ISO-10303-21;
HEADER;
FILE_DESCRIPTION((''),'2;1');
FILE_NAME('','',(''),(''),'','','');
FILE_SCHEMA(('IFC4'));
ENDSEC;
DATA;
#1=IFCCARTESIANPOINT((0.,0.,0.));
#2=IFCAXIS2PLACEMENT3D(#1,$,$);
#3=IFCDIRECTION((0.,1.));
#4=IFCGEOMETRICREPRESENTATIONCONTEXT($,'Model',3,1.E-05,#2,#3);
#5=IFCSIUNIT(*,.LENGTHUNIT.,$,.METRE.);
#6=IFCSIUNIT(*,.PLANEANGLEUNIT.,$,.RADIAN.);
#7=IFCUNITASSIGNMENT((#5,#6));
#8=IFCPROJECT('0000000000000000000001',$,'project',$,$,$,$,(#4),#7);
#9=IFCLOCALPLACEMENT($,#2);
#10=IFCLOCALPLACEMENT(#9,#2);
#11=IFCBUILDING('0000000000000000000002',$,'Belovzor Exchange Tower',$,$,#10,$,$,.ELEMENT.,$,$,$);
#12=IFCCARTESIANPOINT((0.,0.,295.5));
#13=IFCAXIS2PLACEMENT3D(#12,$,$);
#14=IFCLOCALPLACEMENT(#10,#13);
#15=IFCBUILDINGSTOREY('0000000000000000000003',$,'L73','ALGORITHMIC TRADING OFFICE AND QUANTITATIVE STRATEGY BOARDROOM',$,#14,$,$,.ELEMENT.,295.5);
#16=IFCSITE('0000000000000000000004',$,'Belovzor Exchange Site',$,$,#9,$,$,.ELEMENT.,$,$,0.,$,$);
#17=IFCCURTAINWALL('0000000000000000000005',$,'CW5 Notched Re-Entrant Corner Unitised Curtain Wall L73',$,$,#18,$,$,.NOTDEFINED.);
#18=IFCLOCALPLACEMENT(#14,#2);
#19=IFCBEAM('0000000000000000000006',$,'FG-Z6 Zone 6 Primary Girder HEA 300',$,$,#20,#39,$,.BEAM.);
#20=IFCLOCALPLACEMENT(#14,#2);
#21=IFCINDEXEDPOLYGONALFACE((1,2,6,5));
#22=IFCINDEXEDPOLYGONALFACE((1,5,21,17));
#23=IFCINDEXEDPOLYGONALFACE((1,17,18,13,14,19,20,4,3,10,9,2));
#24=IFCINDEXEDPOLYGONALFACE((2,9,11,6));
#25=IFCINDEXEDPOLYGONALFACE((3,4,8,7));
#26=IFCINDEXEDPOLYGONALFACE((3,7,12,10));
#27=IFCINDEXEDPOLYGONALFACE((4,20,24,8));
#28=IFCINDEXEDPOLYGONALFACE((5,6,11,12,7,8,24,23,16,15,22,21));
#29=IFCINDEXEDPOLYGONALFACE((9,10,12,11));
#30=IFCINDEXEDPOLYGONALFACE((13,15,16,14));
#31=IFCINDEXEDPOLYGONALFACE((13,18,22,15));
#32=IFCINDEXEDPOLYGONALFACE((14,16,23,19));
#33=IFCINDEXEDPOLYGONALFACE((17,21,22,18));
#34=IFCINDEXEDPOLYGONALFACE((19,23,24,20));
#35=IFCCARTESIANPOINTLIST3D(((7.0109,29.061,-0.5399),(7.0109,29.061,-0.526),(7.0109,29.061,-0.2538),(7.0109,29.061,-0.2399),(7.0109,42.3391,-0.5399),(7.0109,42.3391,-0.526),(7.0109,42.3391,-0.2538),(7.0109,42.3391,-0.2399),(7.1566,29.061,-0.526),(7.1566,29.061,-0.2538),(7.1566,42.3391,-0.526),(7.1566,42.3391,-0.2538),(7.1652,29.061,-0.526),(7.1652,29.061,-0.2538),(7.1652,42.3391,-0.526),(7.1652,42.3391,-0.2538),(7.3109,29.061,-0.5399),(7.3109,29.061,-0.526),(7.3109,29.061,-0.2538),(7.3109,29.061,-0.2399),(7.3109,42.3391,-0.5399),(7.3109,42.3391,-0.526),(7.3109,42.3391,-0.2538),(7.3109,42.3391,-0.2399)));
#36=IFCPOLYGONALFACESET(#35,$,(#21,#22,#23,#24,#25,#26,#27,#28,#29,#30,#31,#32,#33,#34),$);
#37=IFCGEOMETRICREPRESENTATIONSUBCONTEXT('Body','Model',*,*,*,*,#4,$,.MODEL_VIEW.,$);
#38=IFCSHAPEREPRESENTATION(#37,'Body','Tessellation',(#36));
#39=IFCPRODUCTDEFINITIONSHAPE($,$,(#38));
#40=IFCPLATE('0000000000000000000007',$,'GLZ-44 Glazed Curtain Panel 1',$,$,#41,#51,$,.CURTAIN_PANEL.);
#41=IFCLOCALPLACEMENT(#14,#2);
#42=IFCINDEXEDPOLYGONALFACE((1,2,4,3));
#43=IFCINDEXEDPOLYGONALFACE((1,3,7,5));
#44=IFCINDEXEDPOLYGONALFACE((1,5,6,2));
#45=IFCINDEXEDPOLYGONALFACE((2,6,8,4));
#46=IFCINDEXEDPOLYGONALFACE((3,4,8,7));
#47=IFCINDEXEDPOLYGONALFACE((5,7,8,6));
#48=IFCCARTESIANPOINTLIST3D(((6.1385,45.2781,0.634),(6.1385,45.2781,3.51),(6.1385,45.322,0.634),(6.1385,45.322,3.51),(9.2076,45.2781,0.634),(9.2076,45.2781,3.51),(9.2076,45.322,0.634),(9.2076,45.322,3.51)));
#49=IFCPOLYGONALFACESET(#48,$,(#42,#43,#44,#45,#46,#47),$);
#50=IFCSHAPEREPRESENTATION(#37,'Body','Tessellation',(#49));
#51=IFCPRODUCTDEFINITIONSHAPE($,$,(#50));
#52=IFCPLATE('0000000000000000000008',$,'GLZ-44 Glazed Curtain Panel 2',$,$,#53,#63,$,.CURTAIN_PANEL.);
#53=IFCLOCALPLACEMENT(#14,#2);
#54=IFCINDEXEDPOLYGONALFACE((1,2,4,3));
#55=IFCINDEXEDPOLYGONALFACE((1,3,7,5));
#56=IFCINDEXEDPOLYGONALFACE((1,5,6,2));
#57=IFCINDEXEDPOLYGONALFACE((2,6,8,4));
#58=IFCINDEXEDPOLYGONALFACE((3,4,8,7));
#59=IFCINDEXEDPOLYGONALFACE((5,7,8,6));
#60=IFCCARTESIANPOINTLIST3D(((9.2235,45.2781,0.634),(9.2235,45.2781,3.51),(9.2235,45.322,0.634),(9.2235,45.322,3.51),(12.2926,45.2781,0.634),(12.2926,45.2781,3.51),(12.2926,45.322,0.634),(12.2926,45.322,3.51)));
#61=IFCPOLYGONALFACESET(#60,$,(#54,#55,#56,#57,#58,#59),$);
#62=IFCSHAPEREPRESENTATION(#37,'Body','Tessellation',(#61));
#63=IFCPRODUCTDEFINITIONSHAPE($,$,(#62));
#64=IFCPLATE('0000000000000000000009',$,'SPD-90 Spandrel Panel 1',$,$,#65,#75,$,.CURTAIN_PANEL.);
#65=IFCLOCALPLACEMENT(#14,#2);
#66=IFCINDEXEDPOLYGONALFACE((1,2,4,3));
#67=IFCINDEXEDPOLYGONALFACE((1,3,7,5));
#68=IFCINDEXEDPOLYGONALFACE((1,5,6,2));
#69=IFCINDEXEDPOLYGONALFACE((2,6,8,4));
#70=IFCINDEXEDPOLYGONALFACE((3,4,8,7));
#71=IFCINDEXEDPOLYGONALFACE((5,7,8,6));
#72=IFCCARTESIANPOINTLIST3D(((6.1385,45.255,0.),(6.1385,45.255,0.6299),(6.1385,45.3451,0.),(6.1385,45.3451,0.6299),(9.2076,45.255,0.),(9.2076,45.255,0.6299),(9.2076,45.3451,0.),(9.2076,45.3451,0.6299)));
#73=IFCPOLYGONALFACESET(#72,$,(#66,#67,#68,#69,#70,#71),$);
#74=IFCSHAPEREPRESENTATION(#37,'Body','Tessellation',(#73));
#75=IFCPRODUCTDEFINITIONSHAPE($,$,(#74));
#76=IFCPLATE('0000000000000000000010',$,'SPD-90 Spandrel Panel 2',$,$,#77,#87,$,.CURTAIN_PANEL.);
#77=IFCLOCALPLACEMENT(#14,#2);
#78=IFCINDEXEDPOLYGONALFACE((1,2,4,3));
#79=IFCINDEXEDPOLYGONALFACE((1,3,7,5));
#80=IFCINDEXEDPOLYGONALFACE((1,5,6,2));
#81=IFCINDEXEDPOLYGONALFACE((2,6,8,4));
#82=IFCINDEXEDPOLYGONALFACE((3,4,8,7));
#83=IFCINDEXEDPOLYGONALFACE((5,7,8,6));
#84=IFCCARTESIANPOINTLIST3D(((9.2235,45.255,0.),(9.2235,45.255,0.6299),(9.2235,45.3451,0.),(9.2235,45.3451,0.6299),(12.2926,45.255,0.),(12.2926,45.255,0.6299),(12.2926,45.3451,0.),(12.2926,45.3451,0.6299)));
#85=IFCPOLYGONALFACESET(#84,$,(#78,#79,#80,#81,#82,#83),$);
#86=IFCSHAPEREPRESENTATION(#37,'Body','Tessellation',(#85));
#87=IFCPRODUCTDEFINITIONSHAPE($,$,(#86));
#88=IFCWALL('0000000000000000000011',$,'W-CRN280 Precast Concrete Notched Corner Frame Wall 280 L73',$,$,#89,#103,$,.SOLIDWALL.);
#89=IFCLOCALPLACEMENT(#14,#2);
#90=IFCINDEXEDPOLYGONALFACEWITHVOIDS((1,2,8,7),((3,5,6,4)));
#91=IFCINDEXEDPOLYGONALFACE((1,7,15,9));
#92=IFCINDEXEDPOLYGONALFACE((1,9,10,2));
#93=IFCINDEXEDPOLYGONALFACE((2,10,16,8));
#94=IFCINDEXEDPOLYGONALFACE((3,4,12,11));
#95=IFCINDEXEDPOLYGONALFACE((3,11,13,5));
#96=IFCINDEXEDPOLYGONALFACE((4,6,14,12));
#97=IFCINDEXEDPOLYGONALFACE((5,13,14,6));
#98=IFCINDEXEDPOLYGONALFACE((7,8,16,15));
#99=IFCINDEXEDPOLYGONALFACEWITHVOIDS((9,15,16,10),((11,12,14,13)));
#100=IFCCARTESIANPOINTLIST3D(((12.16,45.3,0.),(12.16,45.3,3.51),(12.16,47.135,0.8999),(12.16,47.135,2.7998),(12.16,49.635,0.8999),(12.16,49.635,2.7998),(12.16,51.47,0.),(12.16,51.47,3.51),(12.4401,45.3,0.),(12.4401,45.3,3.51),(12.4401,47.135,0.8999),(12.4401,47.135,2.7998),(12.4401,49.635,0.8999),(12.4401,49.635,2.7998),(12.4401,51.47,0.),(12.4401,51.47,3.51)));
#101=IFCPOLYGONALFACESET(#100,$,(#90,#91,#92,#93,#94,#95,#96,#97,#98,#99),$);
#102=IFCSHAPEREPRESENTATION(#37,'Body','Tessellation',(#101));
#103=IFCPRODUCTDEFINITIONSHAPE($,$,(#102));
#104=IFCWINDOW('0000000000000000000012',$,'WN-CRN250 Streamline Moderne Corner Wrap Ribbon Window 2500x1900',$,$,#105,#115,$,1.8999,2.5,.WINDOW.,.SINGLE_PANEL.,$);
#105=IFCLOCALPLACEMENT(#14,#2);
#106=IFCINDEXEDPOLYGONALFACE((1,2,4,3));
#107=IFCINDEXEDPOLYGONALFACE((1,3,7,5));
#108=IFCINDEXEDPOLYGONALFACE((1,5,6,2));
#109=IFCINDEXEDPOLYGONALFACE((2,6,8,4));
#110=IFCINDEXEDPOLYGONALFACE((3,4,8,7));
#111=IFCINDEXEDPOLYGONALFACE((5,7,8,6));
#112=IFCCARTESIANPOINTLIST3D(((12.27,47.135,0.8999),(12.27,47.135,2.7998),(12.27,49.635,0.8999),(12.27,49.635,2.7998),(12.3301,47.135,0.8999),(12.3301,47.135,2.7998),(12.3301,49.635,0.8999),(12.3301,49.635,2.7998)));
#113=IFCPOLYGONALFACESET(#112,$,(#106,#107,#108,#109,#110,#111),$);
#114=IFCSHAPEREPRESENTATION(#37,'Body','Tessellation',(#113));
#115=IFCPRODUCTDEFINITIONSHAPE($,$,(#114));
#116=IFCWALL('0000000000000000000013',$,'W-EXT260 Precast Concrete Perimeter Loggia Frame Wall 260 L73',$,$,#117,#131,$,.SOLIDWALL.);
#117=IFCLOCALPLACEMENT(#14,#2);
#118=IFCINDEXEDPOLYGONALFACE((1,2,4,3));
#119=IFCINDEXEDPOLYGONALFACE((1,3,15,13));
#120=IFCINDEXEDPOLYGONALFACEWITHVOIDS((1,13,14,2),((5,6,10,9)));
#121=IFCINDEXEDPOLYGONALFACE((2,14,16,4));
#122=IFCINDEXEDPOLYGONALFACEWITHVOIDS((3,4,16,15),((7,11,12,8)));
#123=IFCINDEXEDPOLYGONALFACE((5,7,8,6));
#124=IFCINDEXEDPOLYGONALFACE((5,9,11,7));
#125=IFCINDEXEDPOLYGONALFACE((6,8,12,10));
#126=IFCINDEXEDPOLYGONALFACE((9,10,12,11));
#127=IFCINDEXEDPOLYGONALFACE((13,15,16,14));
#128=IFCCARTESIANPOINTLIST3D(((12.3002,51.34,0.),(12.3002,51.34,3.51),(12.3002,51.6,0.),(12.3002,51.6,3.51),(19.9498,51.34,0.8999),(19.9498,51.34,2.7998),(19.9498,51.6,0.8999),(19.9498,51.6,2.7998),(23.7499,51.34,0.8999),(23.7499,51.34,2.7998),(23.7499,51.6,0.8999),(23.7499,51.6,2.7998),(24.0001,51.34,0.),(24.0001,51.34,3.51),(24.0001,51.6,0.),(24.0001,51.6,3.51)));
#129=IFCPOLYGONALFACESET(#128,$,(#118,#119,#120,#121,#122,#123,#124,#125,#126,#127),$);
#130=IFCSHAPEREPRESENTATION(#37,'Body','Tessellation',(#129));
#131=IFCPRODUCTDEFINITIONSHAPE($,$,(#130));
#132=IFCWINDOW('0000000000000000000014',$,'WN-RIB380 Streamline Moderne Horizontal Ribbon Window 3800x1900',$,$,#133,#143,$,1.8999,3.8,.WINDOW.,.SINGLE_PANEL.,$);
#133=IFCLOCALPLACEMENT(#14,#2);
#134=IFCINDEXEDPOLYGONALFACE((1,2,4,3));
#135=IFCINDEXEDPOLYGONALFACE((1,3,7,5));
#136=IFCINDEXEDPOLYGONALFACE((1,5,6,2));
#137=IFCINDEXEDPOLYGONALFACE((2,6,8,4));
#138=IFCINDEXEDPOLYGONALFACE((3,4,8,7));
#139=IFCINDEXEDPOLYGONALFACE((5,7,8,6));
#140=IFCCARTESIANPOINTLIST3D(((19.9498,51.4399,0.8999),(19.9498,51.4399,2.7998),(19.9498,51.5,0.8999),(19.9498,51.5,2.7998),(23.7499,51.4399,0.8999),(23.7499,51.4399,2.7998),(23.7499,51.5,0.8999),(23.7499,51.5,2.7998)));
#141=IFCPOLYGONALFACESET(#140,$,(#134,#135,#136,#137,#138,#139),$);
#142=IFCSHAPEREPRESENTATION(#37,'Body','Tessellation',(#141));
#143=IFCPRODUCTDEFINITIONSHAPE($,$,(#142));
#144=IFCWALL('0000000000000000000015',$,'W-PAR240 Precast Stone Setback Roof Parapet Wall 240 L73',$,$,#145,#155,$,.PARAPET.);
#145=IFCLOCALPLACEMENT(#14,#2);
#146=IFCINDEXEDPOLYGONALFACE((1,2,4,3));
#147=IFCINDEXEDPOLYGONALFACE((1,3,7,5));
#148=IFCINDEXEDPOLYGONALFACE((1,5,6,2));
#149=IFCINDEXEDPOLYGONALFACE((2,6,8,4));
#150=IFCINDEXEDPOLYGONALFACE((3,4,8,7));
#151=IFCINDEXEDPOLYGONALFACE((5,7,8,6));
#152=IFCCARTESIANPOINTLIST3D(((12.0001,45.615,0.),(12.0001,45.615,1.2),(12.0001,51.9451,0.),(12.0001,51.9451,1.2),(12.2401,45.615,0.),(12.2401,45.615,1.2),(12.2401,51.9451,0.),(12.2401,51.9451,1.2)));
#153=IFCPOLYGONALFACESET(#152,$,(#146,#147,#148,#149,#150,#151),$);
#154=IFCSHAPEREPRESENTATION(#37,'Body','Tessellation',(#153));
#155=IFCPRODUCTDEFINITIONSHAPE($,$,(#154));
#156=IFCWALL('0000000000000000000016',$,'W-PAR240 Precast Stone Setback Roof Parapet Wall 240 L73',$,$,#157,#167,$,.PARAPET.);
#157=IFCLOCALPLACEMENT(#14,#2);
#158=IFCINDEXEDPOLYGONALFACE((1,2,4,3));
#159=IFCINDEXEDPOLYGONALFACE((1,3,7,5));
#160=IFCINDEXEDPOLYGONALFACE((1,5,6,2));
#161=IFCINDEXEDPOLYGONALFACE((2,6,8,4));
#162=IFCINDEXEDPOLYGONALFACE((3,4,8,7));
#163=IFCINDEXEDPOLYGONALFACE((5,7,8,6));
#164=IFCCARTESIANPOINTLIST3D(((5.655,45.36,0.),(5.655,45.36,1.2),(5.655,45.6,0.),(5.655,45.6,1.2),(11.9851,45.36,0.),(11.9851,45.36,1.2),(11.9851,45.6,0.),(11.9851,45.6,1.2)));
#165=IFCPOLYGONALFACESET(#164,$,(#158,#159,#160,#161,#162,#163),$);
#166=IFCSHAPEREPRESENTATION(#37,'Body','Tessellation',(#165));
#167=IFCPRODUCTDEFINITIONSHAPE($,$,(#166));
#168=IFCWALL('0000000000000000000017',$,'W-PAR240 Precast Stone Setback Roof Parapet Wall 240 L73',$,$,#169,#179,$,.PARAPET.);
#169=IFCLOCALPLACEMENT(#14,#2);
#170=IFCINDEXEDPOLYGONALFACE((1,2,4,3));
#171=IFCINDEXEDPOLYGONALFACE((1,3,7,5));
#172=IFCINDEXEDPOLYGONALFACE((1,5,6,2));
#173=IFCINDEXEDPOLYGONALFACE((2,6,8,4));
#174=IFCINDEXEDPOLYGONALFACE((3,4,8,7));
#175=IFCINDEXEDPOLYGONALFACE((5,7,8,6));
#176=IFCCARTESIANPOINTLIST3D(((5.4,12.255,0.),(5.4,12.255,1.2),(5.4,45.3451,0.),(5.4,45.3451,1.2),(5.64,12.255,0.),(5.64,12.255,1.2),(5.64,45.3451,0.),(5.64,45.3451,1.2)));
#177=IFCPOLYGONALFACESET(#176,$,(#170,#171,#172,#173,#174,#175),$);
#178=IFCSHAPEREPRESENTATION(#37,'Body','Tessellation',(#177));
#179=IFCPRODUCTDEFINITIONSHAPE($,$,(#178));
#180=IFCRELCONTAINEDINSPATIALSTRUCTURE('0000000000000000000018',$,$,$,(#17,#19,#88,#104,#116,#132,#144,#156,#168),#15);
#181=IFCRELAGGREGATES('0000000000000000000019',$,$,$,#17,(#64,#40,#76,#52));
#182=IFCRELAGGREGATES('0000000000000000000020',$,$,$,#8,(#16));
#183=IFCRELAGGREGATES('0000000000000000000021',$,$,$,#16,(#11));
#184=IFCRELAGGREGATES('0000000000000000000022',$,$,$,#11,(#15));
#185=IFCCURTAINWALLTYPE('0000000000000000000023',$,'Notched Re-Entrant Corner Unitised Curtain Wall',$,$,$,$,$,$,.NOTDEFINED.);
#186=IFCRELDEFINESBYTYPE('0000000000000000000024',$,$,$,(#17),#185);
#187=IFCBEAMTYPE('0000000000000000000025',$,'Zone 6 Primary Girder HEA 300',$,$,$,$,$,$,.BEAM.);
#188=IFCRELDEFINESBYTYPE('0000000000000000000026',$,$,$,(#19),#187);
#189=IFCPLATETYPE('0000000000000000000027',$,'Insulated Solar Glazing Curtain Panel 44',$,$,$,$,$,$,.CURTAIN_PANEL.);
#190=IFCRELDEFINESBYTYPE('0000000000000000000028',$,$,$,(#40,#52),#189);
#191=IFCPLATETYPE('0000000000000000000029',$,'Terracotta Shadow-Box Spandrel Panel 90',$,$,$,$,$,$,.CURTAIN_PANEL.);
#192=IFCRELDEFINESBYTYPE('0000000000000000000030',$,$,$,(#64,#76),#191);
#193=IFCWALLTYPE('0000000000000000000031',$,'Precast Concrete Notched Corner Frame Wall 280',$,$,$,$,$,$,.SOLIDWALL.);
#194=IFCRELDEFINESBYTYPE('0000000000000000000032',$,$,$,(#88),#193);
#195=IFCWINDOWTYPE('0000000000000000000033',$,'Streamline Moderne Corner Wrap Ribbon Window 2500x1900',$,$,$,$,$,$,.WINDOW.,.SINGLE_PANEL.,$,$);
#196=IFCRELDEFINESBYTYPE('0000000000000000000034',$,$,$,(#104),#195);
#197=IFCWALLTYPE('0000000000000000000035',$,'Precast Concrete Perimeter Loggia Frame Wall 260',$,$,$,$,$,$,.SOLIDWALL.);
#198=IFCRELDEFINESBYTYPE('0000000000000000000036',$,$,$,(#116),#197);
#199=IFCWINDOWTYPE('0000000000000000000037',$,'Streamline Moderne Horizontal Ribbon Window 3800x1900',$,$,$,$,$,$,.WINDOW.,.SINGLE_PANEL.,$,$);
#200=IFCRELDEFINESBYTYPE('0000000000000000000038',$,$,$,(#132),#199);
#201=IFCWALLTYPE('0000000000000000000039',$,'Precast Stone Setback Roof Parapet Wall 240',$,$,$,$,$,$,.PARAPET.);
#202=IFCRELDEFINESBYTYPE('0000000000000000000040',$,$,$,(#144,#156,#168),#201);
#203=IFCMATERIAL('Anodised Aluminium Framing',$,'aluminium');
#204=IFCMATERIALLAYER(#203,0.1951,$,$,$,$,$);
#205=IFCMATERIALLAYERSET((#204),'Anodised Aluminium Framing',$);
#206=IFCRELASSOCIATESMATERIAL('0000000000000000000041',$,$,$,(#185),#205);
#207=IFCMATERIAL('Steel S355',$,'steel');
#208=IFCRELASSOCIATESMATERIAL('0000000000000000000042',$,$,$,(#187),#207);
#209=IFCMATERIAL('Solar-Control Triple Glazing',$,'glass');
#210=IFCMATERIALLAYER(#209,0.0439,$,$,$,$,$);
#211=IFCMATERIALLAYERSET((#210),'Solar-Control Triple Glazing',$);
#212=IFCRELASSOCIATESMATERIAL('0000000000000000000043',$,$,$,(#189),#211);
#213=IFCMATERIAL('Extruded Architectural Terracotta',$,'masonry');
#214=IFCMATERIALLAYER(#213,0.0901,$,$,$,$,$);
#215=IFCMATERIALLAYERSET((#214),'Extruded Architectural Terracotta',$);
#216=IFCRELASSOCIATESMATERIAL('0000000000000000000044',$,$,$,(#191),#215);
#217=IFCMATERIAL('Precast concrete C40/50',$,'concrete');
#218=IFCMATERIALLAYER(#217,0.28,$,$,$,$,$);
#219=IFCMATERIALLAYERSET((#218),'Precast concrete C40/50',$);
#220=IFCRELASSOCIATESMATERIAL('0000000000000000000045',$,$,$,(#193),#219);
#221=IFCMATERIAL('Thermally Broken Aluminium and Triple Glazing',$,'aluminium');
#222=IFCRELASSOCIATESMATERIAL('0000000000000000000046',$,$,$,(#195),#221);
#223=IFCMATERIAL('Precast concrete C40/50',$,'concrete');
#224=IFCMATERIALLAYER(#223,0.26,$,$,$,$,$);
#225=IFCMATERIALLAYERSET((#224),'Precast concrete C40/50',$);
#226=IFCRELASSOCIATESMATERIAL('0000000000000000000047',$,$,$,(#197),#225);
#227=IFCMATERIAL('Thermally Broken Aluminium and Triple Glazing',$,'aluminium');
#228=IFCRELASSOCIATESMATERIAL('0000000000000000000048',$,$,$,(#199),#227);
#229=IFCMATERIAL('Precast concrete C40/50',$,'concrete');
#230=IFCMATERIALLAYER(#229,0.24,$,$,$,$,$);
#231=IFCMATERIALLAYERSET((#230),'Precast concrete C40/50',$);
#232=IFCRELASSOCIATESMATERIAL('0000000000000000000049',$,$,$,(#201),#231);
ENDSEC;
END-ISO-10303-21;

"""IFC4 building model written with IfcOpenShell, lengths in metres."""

from ifc_helpers import new_model, si_unit, direction, frame, frame_2d, origin, origin_2d, place, context, subcontext, project, spatial, rectangle, i_section, extrude, material, layer, layer_set, material_profile, profile_set, type_object, element, fill, aggregate, save


model = new_model("IFC4")

# Units and contexts
model_context = context("Model", 3, precision=1e-05, world=origin(), true_north=direction((0.0, 1.0)))
body_context = subcontext(model_context, "Body", "Model", "MODEL_VIEW")
ifc_project = project(units=[si_unit("LENGTHUNIT", "METRE"), si_unit("PLANEANGLEUNIT", "RADIAN")], contexts=[model_context])

# Site, building, storey
site_placement = place(None, origin())
site = spatial("IfcSite", under=ifc_project, at=site_placement, Name="Belovzor Exchange Site", CompositionType="ELEMENT", RefElevation=0.0)
building_placement = place(site_placement, origin())
building = spatial("IfcBuilding", under=site, at=building_placement, Name="Belovzor Exchange Tower", CompositionType="ELEMENT")
storey_placement = place(building_placement, frame((0.0, 0.0, 295.5)))
storey = spatial("IfcBuildingStorey", under=building, at=storey_placement, Name="L73", Description="ALGORITHMIC TRADING OFFICE AND QUANTITATIVE STRATEGY BOARDROOM", CompositionType="ELEMENT", Elevation=295.5)

# Curtain wall
ifc_material_1 = material(Name="Anodised Aluminium Framing", Category="aluminium")
ifc_layer_1 = layer(ifc_material_1, 0.1951)
ifc_layer_set_1 = layer_set([ifc_layer_1], Name="Anodised Aluminium Framing")
curtain_wall_type = type_object("IfcCurtainWallType", Name="Notched Re-Entrant Corner Unitised Curtain Wall", PredefinedType="NOTDEFINED", material=ifc_layer_set_1)
curtain_wall_placement = place(storey_placement, origin())
curtain_wall = element("IfcCurtainWall", 1, at=curtain_wall_placement, inside=storey, type_object=curtain_wall_type, Name="CW5 Notched Re-Entrant Corner Unitised Curtain Wall L73", PredefinedType="NOTDEFINED")

# Beam
ifc_material_2 = material(Name="Steel S355", Category="steel")
ifc_material_profile_1 = material_profile(ifc_material_2, i_section(OverallWidth=0.3, OverallDepth=0.3, WebThickness=0.0085, FlangeThickness=0.0139, at=origin_2d()))
ifc_profile_set_1 = profile_set([ifc_material_profile_1], Name="Steel S355")
beam_type_1 = type_object("IfcBeamType", Name="Zone 6 Primary Girder HEA 300", PredefinedType="BEAM", material=ifc_profile_set_1)
beam_1_placement = place(storey_placement, frame((7.1609, 42.3391, -0.3899), z_axis=(0.0, -1.0, 0.0), x_axis=(1.0, 0.0, 0.0)))
element("IfcBeam", 2, at=beam_1_placement, inside=storey, type_object=beam_type_1, Name="FG-Z6 Zone 6 Primary Girder HEA 300", PredefinedType="BEAM", context=body_context, shape_type="SweptSolid", body=[
    extrude(i_section(OverallWidth=0.3, OverallDepth=0.3, WebThickness=0.0085, FlangeThickness=0.0139, at=origin_2d()), origin(), (0.0, 0.0, 1.0), 13.2781),
])

# Plates
ifc_material_3 = material(Name="Solar-Control Triple Glazing", Category="glass")
ifc_layer_2 = layer(ifc_material_3, 0.0439)
ifc_layer_set_2 = layer_set([ifc_layer_2], Name="Solar-Control Triple Glazing")
plate_type_1 = type_object("IfcPlateType", Name="Insulated Solar Glazing Curtain Panel 44", PredefinedType="CURTAIN_PANEL", material=ifc_layer_set_2)
plate_1_placement = place(storey_placement, frame((7.6731, 45.3, 0.634), z_axis=(0.0, 0.0, 1.0), x_axis=(1.0, 0.0, 0.0)))
plate_1 = element("IfcPlate", 3, at=plate_1_placement, type_object=plate_type_1, Name="GLZ-44 Glazed Curtain Panel 1", PredefinedType="CURTAIN_PANEL", context=body_context, shape_type="SweptSolid", body=[
    extrude(rectangle(XDim=3.0691, YDim=0.0439, at=origin_2d()), origin(), (0.0, 0.0, 1.0), 2.876),
])
plate_2_placement = place(storey_placement, frame((10.7581, 45.3, 0.634), z_axis=(0.0, 0.0, 1.0), x_axis=(1.0, 0.0, 0.0)))
plate_2 = element("IfcPlate", 4, at=plate_2_placement, type_object=plate_type_1, Name="GLZ-44 Glazed Curtain Panel 2", PredefinedType="CURTAIN_PANEL", context=body_context, shape_type="SweptSolid", body=[
    extrude(rectangle(XDim=3.0691, YDim=0.0439, at=origin_2d()), origin(), (0.0, 0.0, 1.0), 2.876),
])
ifc_material_4 = material(Name="Extruded Architectural Terracotta", Category="masonry")
ifc_layer_3 = layer(ifc_material_4, 0.0901)
ifc_layer_set_3 = layer_set([ifc_layer_3], Name="Extruded Architectural Terracotta")
plate_type_2 = type_object("IfcPlateType", Name="Terracotta Shadow-Box Spandrel Panel 90", PredefinedType="CURTAIN_PANEL", material=ifc_layer_set_3)
plate_3_placement = place(storey_placement, frame((7.6731, 45.3, 0.0), z_axis=(0.0, 0.0, 1.0), x_axis=(1.0, 0.0, 0.0)))
plate_3 = element("IfcPlate", 5, at=plate_3_placement, type_object=plate_type_2, Name="SPD-90 Spandrel Panel 1", PredefinedType="CURTAIN_PANEL", context=body_context, shape_type="SweptSolid", body=[
    extrude(rectangle(XDim=3.0691, YDim=0.0901, at=origin_2d()), origin(), (0.0, 0.0, 1.0), 0.6299),
])
plate_4_placement = place(storey_placement, frame((10.7581, 45.3, 0.0), z_axis=(0.0, 0.0, 1.0), x_axis=(1.0, 0.0, 0.0)))
plate_4 = element("IfcPlate", 6, at=plate_4_placement, type_object=plate_type_2, Name="SPD-90 Spandrel Panel 2", PredefinedType="CURTAIN_PANEL", context=body_context, shape_type="SweptSolid", body=[
    extrude(rectangle(XDim=3.0691, YDim=0.0901, at=origin_2d()), origin(), (0.0, 0.0, 1.0), 0.6299),
])
aggregate(curtain_wall, [plate_3, plate_1, plate_4, plate_2])

# Walls, openings, windows
ifc_material_5 = material(Name="Precast concrete C40/50", Category="concrete")
ifc_layer_4 = layer(ifc_material_5, 0.28)
ifc_layer_set_4 = layer_set([ifc_layer_4], Name="Precast concrete C40/50")
wall_type_1 = type_object("IfcWallType", Name="Precast Concrete Notched Corner Frame Wall 280", PredefinedType="SOLIDWALL", material=ifc_layer_set_4)
wall_1_placement = place(storey_placement, frame((12.3, 45.3, 0.0), z_axis=(0.0, 0.0, 1.0), x_axis=(0.0, 1.0, 0.0)))
wall_1 = element("IfcWall", 7, at=wall_1_placement, inside=storey, type_object=wall_type_1, Name="W-CRN280 Precast Concrete Notched Corner Frame Wall 280 L73", PredefinedType="SOLIDWALL", context=body_context, shape_type="SweptSolid", body=[
    extrude(rectangle(XDim=6.1699, YDim=0.28, at=frame_2d((3.085, 0.0))), origin(), (0.0, 0.0, 1.0), 3.51),
])
opening_1_placement = place(wall_1_placement, frame((1.835, 0.0, 0.8999)))
opening_1 = element("IfcOpeningElement", 8, at=opening_1_placement, cuts=wall_1, PredefinedType="OPENING", context=body_context, shape_type="SweptSolid", body=[
    extrude(rectangle(XDim=2.5, YDim=1.8999, at=frame_2d((1.25, 0.95))), frame((0.0, 0.1499, 0.0), z_axis=(0.0, -1.0, 0.0), x_axis=(1.0, 0.0, 0.0)), (0.0, 0.0, 1.0), 0.3),
])
ifc_material_6 = material(Name="Thermally Broken Aluminium and Triple Glazing", Category="aluminium")
window_type_1 = type_object("IfcWindowType", Name="Streamline Moderne Corner Wrap Ribbon Window 2500x1900", PartitioningType="SINGLE_PANEL", PredefinedType="WINDOW", material=ifc_material_6)
window_1_placement = place(opening_1_placement, origin())
window_1 = element("IfcWindow", 9, at=window_1_placement, inside=storey, type_object=window_type_1, Name="WN-CRN250 Streamline Moderne Corner Wrap Ribbon Window 2500x1900", OverallHeight=1.8999, OverallWidth=2.5, PartitioningType="SINGLE_PANEL", PredefinedType="WINDOW", context=body_context, shape_type="SweptSolid", body=[
    extrude(rectangle(XDim=2.5, YDim=1.8999, at=frame_2d((1.25, 0.95))), frame((0.0, 0.03, 0.0), z_axis=(0.0, -1.0, 0.0), x_axis=(1.0, 0.0, 0.0)), (0.0, 0.0, 1.0), 0.0601),
])
fill(opening_1, window_1)
ifc_material_7 = material(Name="Precast concrete C40/50", Category="concrete")
ifc_layer_5 = layer(ifc_material_7, 0.26)
ifc_layer_set_5 = layer_set([ifc_layer_5], Name="Precast concrete C40/50")
wall_type_2 = type_object("IfcWallType", Name="Precast Concrete Perimeter Loggia Frame Wall 260", PredefinedType="SOLIDWALL", material=ifc_layer_set_5)
wall_2_placement = place(storey_placement, frame((12.3, 51.47, 0.0), z_axis=(0.0, 0.0, 1.0), x_axis=(1.0, 0.0, 0.0)))
wall_2 = element("IfcWall", 10, at=wall_2_placement, inside=storey, type_object=wall_type_2, Name="W-EXT260 Precast Concrete Perimeter Loggia Frame Wall 260 L73", PredefinedType="SOLIDWALL", context=body_context, shape_type="SweptSolid", body=[
    extrude(rectangle(XDim=11.7, YDim=0.26, at=frame_2d((5.8501, 0.0))), origin(), (0.0, 0.0, 1.0), 3.51),
])
opening_2_placement = place(wall_2_placement, frame((7.6499, 0.0, 0.8999)))
opening_2 = element("IfcOpeningElement", 11, at=opening_2_placement, cuts=wall_2, PredefinedType="OPENING", context=body_context, shape_type="SweptSolid", body=[
    extrude(rectangle(XDim=3.8, YDim=1.8999, at=frame_2d((1.8999, 0.95))), frame((0.0, 0.1399, 0.0), z_axis=(0.0, -1.0, 0.0), x_axis=(1.0, 0.0, 0.0)), (0.0, 0.0, 1.0), 0.28),
])
ifc_material_8 = material(Name="Thermally Broken Aluminium and Triple Glazing", Category="aluminium")
window_type_2 = type_object("IfcWindowType", Name="Streamline Moderne Horizontal Ribbon Window 3800x1900", PartitioningType="SINGLE_PANEL", PredefinedType="WINDOW", material=ifc_material_8)
window_2_placement = place(opening_2_placement, origin())
window_2 = element("IfcWindow", 12, at=window_2_placement, inside=storey, type_object=window_type_2, Name="WN-RIB380 Streamline Moderne Horizontal Ribbon Window 3800x1900", OverallHeight=1.8999, OverallWidth=3.8, PartitioningType="SINGLE_PANEL", PredefinedType="WINDOW", context=body_context, shape_type="SweptSolid", body=[
    extrude(rectangle(XDim=3.8, YDim=1.8999, at=frame_2d((1.8999, 0.95))), frame((0.0, 0.03, 0.0), z_axis=(0.0, -1.0, 0.0), x_axis=(1.0, 0.0, 0.0)), (0.0, 0.0, 1.0), 0.0601),
])
fill(opening_2, window_2)

# Walls
ifc_material_9 = material(Name="Precast concrete C40/50", Category="concrete")
ifc_layer_6 = layer(ifc_material_9, 0.24)
ifc_layer_set_6 = layer_set([ifc_layer_6], Name="Precast concrete C40/50")
wall_type_3 = type_object("IfcWallType", Name="Precast Stone Setback Roof Parapet Wall 240", PredefinedType="PARAPET", material=ifc_layer_set_6)
for number, where, z_axis, x_axis, name in (
    (13, (12.1201, 51.9451, 0.0), (0.0, 0.0, 1.0), (0.0, -1.0, 0.0), "W-PAR240 Precast Stone Setback Roof Parapet Wall 240 L73"),
    (14, (11.9851, 45.48, 0.0), (0.0, 0.0, 1.0), (-1.0, 0.0, 0.0), "W-PAR240 Precast Stone Setback Roof Parapet Wall 240 L73"),
):
    element("IfcWall", number, at=place(storey_placement, frame(where, z_axis=z_axis, x_axis=x_axis)), inside=storey, type_object=wall_type_3, Name=name, PredefinedType="PARAPET", context=body_context, shape_type="SweptSolid", body=[
        extrude(rectangle(XDim=6.3301, YDim=0.24, at=frame_2d((3.165, 0.0))), origin(), (0.0, 0.0, 1.0), 1.2),
    ])
wall_3_placement = place(storey_placement, frame((5.52, 45.345, 0.0), z_axis=(0.0, 0.0, 1.0), x_axis=(0.0, -1.0, 0.0)))
element("IfcWall", 15, at=wall_3_placement, inside=storey, type_object=wall_type_3, Name="W-PAR240 Precast Stone Setback Roof Parapet Wall 240 L73", PredefinedType="PARAPET", context=body_context, shape_type="SweptSolid", body=[
    extrude(rectangle(XDim=33.0901, YDim=0.24, at=frame_2d((16.5449, 0.0))), origin(), (0.0, 0.0, 1.0), 1.2),
])

save(model, "model.ifc")
